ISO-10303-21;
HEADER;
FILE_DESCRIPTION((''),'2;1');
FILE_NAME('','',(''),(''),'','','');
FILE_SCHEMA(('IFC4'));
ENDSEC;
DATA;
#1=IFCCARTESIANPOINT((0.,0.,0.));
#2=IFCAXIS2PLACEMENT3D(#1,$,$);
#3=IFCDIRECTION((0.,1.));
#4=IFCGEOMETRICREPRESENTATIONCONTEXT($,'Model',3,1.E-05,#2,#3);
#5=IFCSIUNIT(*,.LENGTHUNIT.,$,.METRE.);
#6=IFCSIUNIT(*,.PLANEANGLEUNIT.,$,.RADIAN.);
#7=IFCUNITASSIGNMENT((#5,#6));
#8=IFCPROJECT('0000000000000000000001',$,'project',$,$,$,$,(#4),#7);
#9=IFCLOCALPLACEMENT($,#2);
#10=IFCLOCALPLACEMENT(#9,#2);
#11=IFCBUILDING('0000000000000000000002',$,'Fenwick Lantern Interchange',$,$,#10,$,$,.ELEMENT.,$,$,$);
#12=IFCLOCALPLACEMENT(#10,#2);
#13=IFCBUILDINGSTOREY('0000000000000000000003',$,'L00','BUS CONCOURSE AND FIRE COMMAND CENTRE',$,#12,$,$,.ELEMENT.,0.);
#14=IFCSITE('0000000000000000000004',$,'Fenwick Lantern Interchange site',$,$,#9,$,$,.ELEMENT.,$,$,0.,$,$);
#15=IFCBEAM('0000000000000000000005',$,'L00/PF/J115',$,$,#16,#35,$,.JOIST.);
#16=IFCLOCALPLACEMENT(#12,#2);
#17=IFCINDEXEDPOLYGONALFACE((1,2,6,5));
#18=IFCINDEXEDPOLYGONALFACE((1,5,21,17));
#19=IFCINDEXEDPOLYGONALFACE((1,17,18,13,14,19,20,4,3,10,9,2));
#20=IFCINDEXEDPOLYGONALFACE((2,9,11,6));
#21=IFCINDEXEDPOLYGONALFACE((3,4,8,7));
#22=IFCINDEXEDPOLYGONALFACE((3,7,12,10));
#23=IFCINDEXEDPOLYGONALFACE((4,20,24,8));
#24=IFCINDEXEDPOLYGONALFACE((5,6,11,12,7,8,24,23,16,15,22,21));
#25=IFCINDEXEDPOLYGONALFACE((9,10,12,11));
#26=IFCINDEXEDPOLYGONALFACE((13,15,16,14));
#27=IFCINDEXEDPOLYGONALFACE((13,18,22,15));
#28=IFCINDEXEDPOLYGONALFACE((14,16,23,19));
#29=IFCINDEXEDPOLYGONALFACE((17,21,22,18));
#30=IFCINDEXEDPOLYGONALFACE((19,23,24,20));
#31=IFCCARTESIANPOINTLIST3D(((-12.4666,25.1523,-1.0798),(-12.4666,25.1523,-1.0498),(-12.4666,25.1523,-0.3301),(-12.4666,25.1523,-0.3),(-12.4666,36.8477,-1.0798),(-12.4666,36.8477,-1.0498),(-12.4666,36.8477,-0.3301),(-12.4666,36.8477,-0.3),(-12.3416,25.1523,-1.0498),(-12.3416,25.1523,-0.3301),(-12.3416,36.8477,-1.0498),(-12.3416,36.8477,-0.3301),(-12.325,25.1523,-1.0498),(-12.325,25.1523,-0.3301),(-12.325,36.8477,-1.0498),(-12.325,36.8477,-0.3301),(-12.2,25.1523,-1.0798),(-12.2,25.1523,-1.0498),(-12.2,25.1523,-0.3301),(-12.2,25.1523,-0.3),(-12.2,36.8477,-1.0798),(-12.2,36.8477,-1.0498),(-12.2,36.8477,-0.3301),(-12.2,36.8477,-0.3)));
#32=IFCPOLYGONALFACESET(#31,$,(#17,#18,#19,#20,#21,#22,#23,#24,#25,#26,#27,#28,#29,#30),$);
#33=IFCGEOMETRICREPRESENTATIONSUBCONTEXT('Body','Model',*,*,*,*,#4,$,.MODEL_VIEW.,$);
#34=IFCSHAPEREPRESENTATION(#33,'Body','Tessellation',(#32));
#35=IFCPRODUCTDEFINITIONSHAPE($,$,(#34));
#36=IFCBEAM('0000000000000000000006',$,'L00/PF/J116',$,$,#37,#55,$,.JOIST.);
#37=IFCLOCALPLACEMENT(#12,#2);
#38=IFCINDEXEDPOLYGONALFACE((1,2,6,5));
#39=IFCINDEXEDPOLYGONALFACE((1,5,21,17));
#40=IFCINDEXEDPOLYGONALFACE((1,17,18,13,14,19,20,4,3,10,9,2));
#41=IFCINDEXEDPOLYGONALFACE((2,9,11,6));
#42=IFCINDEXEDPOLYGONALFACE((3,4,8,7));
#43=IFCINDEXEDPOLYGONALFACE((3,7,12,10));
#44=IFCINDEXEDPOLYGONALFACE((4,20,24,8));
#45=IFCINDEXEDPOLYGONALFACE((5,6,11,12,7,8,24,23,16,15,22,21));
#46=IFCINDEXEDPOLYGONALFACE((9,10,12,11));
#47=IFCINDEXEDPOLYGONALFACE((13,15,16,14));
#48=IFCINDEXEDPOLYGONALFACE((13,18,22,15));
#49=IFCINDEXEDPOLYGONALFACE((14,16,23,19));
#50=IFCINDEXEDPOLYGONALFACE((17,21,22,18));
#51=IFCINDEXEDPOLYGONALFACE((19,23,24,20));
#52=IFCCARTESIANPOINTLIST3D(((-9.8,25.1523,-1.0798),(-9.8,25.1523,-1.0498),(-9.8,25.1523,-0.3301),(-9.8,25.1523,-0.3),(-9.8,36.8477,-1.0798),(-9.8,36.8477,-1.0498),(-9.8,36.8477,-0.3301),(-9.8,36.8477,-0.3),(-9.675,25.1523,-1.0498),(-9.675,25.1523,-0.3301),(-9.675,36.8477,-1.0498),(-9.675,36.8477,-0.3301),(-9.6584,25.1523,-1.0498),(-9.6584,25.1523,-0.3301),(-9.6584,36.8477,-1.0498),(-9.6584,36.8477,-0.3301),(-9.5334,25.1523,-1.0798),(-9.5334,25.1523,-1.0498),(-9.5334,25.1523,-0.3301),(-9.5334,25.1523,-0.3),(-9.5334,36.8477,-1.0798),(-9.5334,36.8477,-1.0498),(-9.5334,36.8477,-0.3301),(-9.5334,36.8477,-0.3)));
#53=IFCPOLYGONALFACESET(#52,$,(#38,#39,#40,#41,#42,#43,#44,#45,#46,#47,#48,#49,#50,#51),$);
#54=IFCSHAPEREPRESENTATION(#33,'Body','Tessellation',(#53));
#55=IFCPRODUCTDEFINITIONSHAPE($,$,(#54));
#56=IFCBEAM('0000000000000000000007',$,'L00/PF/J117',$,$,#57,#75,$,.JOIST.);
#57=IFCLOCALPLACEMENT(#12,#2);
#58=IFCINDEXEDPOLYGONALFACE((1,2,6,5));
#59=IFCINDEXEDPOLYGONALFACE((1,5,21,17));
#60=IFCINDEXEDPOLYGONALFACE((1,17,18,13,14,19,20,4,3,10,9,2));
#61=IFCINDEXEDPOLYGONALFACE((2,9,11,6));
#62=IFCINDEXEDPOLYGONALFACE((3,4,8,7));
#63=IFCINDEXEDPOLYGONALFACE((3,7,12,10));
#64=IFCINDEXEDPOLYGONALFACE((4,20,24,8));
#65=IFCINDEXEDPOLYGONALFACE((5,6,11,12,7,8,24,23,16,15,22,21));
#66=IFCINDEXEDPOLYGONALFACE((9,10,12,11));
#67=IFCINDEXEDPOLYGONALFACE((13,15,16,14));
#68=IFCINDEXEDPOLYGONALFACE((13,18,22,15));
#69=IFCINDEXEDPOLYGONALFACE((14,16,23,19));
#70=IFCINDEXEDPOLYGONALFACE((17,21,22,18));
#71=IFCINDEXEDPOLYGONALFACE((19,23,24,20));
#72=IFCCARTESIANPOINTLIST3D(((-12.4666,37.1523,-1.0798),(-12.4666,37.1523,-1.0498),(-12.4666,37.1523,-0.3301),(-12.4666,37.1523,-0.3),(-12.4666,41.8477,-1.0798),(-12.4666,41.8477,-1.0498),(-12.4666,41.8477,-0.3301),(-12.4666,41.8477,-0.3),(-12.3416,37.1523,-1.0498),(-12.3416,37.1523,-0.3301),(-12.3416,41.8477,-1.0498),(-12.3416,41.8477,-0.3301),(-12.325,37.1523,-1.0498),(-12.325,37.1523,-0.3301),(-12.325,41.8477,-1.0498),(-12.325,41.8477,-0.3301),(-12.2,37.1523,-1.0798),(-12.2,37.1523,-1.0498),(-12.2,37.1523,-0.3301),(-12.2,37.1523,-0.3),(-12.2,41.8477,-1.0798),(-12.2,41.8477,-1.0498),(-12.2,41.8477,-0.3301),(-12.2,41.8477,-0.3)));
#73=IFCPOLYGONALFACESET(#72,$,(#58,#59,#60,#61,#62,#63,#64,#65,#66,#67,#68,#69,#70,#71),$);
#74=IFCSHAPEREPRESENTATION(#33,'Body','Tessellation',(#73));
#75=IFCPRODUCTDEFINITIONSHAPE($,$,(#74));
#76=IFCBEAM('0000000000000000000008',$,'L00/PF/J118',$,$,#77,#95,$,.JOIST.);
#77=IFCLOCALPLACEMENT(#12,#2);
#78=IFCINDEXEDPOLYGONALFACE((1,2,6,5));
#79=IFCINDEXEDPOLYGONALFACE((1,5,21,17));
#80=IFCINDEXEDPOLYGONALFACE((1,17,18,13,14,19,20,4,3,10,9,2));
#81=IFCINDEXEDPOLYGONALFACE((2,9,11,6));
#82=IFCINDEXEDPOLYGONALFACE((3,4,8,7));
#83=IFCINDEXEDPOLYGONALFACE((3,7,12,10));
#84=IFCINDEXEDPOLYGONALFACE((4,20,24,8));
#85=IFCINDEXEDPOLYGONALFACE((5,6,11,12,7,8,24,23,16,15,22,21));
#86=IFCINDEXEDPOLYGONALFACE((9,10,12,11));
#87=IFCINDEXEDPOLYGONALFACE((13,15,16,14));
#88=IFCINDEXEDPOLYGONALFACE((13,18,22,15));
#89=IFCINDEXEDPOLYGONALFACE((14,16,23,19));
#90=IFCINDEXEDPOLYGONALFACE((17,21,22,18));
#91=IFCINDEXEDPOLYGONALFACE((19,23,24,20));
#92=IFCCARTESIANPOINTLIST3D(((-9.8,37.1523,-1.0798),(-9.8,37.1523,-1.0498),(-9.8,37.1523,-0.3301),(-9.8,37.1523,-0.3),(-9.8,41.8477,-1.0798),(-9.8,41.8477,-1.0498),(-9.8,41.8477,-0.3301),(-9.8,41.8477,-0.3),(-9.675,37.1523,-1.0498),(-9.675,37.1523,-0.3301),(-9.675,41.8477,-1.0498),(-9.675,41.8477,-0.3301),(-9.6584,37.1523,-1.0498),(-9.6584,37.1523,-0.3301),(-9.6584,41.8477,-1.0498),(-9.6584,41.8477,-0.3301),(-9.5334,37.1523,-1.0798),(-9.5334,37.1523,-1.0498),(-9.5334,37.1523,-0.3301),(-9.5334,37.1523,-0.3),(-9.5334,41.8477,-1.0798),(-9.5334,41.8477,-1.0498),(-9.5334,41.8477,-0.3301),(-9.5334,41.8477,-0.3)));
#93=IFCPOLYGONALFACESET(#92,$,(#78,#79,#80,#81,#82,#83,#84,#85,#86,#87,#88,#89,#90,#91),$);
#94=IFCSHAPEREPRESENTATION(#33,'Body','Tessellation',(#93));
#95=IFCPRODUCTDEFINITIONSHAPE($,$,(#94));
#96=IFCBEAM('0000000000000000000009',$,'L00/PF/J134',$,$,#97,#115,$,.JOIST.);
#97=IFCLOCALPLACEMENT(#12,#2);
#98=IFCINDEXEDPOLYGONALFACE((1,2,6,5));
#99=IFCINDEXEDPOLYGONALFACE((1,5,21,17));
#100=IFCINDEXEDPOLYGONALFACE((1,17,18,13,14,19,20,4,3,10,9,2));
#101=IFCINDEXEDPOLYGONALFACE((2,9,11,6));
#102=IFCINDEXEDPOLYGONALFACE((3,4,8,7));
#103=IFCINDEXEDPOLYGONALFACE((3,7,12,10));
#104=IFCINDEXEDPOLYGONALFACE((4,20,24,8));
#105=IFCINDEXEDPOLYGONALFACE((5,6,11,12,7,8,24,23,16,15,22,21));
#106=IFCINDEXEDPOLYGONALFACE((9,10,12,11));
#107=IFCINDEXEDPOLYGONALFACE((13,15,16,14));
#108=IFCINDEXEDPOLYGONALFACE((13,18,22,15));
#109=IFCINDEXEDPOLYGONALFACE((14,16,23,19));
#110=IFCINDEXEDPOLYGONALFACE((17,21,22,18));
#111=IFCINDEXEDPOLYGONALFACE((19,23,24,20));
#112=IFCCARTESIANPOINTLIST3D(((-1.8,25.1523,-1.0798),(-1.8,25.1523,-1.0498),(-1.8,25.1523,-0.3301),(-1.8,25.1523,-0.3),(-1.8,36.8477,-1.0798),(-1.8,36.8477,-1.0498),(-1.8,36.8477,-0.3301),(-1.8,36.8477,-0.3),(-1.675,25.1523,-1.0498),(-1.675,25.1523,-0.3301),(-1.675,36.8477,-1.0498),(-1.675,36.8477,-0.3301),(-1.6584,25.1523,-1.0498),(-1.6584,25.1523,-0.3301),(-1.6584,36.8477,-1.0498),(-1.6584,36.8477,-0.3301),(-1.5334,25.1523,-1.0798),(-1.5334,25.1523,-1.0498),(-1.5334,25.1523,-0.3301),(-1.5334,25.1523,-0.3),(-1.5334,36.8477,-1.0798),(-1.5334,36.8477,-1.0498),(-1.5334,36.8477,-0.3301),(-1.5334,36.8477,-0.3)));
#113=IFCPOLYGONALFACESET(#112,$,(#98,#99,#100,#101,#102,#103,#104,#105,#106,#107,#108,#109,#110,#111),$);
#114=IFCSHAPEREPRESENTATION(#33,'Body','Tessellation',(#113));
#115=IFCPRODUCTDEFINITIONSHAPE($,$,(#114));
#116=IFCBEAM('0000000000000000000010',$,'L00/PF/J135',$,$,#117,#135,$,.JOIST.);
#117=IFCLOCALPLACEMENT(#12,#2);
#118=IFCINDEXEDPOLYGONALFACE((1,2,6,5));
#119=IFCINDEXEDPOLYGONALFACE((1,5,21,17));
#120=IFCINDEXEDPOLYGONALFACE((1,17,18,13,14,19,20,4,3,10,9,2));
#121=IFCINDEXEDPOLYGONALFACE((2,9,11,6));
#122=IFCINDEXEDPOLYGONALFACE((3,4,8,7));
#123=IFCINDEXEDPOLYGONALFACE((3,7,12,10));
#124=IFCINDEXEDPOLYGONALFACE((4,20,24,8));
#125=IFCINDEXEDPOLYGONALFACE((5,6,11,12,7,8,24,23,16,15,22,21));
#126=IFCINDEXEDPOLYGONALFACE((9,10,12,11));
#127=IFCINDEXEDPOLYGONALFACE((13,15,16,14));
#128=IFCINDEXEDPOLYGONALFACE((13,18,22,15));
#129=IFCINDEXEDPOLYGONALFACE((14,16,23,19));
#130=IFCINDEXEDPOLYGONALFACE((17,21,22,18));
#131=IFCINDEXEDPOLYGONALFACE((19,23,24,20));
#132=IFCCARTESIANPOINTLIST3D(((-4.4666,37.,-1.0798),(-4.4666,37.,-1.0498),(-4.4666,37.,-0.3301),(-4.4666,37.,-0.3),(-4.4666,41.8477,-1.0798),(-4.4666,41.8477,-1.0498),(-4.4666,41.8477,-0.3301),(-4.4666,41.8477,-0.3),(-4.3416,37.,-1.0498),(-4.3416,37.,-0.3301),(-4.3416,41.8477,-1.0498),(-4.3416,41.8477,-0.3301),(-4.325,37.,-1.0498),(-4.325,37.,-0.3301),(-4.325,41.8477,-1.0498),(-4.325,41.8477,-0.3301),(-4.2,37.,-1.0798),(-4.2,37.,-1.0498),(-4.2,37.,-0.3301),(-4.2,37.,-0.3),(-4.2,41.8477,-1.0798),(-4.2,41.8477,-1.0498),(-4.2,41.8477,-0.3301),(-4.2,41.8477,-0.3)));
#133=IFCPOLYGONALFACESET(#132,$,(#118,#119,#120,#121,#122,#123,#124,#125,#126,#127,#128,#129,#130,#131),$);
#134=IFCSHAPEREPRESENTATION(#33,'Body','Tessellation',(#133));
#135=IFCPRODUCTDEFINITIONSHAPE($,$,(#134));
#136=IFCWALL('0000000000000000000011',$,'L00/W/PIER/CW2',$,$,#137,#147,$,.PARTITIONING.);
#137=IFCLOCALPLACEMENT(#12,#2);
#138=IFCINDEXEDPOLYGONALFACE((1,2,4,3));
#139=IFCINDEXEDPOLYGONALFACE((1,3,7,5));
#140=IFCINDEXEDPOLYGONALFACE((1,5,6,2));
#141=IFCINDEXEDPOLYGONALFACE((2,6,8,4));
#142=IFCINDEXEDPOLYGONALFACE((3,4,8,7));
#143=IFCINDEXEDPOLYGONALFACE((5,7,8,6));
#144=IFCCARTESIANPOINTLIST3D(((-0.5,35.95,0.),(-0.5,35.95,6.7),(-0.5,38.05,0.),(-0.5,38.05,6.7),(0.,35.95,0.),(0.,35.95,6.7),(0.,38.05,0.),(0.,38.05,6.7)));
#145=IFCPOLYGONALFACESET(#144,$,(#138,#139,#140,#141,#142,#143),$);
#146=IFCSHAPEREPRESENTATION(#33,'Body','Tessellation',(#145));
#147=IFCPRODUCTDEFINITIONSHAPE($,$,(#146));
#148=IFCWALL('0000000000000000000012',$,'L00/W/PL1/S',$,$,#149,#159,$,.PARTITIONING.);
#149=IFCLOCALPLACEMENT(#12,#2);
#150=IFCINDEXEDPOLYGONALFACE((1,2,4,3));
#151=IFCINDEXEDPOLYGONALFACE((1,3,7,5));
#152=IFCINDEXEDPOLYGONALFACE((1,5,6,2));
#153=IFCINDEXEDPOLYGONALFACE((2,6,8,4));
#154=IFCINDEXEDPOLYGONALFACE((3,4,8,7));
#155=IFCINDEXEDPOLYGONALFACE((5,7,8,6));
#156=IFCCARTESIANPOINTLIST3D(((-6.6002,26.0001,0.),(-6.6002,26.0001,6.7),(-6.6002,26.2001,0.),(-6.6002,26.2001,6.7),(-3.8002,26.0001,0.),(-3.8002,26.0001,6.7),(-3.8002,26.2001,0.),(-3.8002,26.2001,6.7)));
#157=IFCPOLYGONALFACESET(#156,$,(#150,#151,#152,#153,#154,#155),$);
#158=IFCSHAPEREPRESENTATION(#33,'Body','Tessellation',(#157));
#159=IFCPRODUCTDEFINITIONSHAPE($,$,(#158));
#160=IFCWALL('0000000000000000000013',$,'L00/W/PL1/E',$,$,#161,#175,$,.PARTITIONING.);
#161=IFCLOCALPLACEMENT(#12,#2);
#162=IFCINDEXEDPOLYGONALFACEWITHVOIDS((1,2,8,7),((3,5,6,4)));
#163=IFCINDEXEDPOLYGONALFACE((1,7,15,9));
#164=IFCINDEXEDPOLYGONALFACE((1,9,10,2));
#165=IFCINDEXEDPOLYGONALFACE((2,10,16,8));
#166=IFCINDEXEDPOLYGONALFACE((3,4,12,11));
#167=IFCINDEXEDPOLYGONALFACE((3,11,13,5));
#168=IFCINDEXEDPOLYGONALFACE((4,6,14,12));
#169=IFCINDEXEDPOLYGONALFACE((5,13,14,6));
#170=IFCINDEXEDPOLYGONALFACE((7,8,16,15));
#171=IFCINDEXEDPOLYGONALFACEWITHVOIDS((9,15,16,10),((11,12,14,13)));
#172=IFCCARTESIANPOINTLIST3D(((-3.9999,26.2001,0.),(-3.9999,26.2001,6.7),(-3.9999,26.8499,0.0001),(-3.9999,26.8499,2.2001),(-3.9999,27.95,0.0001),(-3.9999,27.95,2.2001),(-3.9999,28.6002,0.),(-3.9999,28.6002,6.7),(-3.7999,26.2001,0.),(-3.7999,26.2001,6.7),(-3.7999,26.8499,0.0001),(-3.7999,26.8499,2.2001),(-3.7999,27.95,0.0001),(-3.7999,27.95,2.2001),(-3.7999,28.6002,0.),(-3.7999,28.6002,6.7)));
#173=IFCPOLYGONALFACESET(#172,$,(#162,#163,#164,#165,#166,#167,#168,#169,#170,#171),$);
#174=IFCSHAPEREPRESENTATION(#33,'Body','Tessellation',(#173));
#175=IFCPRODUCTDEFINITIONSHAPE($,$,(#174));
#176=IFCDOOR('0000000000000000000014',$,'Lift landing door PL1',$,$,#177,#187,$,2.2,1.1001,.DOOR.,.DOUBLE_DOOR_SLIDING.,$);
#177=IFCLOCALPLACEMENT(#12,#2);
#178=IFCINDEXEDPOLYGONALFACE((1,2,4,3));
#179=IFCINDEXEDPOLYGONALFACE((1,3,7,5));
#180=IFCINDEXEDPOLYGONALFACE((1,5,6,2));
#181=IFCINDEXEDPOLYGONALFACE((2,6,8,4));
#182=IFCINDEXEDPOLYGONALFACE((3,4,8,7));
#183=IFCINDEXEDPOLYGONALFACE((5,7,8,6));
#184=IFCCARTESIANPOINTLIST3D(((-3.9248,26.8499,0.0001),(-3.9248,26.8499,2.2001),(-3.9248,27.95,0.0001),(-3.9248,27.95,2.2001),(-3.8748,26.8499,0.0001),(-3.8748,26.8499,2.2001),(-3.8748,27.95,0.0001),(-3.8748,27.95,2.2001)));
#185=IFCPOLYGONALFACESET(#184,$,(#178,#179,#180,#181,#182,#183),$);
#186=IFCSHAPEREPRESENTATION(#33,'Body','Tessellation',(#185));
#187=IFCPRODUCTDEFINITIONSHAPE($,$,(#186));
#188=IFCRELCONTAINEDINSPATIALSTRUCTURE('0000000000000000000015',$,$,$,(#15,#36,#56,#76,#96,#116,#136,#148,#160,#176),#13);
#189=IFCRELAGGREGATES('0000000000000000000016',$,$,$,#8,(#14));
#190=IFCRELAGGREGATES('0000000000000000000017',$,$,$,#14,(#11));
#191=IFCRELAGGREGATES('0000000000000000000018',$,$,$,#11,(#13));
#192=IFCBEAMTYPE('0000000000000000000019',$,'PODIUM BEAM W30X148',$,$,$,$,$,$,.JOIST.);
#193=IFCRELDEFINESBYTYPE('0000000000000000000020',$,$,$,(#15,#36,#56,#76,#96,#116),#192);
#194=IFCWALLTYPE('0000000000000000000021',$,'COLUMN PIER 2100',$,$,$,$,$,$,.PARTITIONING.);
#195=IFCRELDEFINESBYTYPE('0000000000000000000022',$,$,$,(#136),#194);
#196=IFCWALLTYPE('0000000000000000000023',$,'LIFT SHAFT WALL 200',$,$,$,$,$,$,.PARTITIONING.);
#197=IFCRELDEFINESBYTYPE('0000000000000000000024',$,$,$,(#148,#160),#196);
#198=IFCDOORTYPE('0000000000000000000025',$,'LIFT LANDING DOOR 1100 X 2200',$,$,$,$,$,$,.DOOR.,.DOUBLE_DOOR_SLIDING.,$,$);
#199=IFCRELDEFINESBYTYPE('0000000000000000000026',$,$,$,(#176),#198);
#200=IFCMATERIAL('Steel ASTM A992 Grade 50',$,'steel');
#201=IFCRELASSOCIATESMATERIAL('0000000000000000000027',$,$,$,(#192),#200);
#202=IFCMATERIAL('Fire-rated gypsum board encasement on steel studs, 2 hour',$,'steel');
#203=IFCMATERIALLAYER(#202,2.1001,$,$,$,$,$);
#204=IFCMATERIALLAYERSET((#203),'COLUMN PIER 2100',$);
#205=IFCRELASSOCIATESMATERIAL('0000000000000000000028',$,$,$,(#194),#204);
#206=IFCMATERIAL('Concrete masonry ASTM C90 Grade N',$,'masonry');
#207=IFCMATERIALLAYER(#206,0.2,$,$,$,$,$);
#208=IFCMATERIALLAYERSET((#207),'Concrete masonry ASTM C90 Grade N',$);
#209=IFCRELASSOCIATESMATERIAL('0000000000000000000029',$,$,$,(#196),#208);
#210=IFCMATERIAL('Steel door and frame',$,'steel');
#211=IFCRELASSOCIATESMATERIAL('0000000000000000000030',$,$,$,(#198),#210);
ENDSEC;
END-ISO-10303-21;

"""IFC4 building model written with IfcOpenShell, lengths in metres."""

from ifc_helpers import new_model, si_unit, direction, frame, frame_2d, origin, origin_2d, place, context, subcontext, project, spatial, rectangle, i_section, extrude, material, layer, layer_set, material_profile, profile_set, type_object, element, fill, save


model = new_model("IFC4")

# Units and contexts
model_context = context("Model", 3, precision=1e-05, world=origin(), true_north=direction((0.0, 1.0)))
body_context = subcontext(model_context, "Body", "Model", "MODEL_VIEW")
ifc_project = project(units=[si_unit("LENGTHUNIT", "METRE"), si_unit("PLANEANGLEUNIT", "RADIAN")], contexts=[model_context])

# Site, building, storey
site_placement = place(None, origin())
site = spatial("IfcSite", under=ifc_project, at=site_placement, Name="Fenwick Lantern Interchange site", CompositionType="ELEMENT", RefElevation=0.0)
building_placement = place(site_placement, origin())
building = spatial("IfcBuilding", under=site, at=building_placement, Name="Fenwick Lantern Interchange", CompositionType="ELEMENT")
storey_placement = place(building_placement, origin())
storey = spatial("IfcBuildingStorey", under=building, at=storey_placement, Name="L00", Description="BUS CONCOURSE AND FIRE COMMAND CENTRE", CompositionType="ELEMENT", Elevation=0.0)

# Shared definitions
ifc_material_1 = material(Name="Steel ASTM A992 Grade 50", Category="steel")

# Beams
ifc_material_profile_1 = material_profile(ifc_material_1, i_section(OverallWidth=0.2666, OverallDepth=0.7798, WebThickness=0.0166, FlangeThickness=0.03, at=origin_2d()), Name="W30X148")
ifc_profile_set_1 = profile_set([ifc_material_profile_1], Name="Steel ASTM A992 Grade 50")
beam_type_1 = type_object("IfcBeamType", Name="PODIUM BEAM W30X148", PredefinedType="JOIST", material=ifc_profile_set_1)
for number, where, z_axis, x_axis, name in (
    (1, (-12.3333, 25.1523, -0.6899), (0.0, 1.0, 0.0), (-1.0, 0.0, 0.0), "L00/PF/J115"),
    (2, (-9.6667, 25.1523, -0.6899), (0.0, 1.0, 0.0), (-1.0, 0.0, 0.0), "L00/PF/J116"),
):
    element("IfcBeam", number, at=place(storey_placement, frame(where, z_axis=z_axis, x_axis=x_axis)), inside=storey, type_object=beam_type_1, Name=name, PredefinedType="JOIST", context=body_context, shape_type="SweptSolid", body=[
        extrude(i_section(OverallWidth=0.2666, OverallDepth=0.7798, WebThickness=0.0166, FlangeThickness=0.03, at=origin_2d()), origin(), (0.0, 0.0, 1.0), 11.6953),
    ])
for number, where, z_axis, x_axis, name in (
    (3, (-12.3333, 37.1523, -0.6899), (0.0, 1.0, 0.0), (-1.0, 0.0, 0.0), "L00/PF/J117"),
    (4, (-9.6667, 37.1523, -0.6899), (0.0, 1.0, 0.0), (-1.0, 0.0, 0.0), "L00/PF/J118"),
):
    element("IfcBeam", number, at=place(storey_placement, frame(where, z_axis=z_axis, x_axis=x_axis)), inside=storey, type_object=beam_type_1, Name=name, PredefinedType="JOIST", context=body_context, shape_type="SweptSolid", body=[
        extrude(i_section(OverallWidth=0.2666, OverallDepth=0.7798, WebThickness=0.0166, FlangeThickness=0.03, at=origin_2d()), origin(), (0.0, 0.0, 1.0), 4.6953),
    ])
beam_1_placement = place(storey_placement, frame((-1.6667, 25.1523, -0.6899), z_axis=(0.0, 1.0, 0.0), x_axis=(-1.0, 0.0, 0.0)))
element("IfcBeam", 5, at=beam_1_placement, inside=storey, type_object=beam_type_1, Name="L00/PF/J134", PredefinedType="JOIST", context=body_context, shape_type="SweptSolid", body=[
    extrude(i_section(OverallWidth=0.2666, OverallDepth=0.7798, WebThickness=0.0166, FlangeThickness=0.03, at=origin_2d()), origin(), (0.0, 0.0, 1.0), 11.6953),
])
beam_2_placement = place(storey_placement, frame((-4.3333, 37.0, -0.6899), z_axis=(0.0, 1.0, 0.0), x_axis=(-1.0, 0.0, 0.0)))
element("IfcBeam", 6, at=beam_2_placement, inside=storey, type_object=beam_type_1, Name="L00/PF/J135", PredefinedType="JOIST", context=body_context, shape_type="SweptSolid", body=[
    extrude(i_section(OverallWidth=0.2666, OverallDepth=0.7798, WebThickness=0.0166, FlangeThickness=0.03, at=origin_2d()), origin(), (0.0, 0.0, 1.0), 4.8477),
])

# Walls
ifc_material_2 = material(Name="Fire-rated gypsum board encasement on steel studs, 2 hour", Category="steel")
ifc_layer_1 = layer(ifc_material_2, 2.1001)
ifc_layer_set_1 = layer_set([ifc_layer_1], Name="COLUMN PIER 2100")
wall_type_1 = type_object("IfcWallType", Name="COLUMN PIER 2100", PredefinedType="PARTITIONING", material=ifc_layer_set_1)
wall_1_placement = place(storey_placement, frame((-0.5, 37.0, 0.0), z_axis=(0.0, 0.0, 1.0), x_axis=(1.0, 0.0, 0.0)))
element("IfcWall", 7, at=wall_1_placement, inside=storey, type_object=wall_type_1, Name="L00/W/PIER/CW2", PredefinedType="PARTITIONING", context=body_context, shape_type="SweptSolid", body=[
    extrude(rectangle(XDim=0.5, YDim=2.1001, at=frame_2d((0.25, 0.0))), origin(), (0.0, 0.0, 1.0), 6.7),
])
ifc_material_3 = material(Name="Concrete masonry ASTM C90 Grade N", Category="masonry")
ifc_layer_2 = layer(ifc_material_3, 0.2)
ifc_layer_set_2 = layer_set([ifc_layer_2], Name="Concrete masonry ASTM C90 Grade N")
wall_type_2 = type_object("IfcWallType", Name="LIFT SHAFT WALL 200", PredefinedType="PARTITIONING", material=ifc_layer_set_2)
wall_2_placement = place(storey_placement, frame((-6.6001, 26.1001, 0.0), z_axis=(0.0, 0.0, 1.0), x_axis=(1.0, 0.0, 0.0)))
element("IfcWall", 8, at=wall_2_placement, inside=storey, type_object=wall_type_2, Name="L00/W/PL1/S", PredefinedType="PARTITIONING", context=body_context, shape_type="SweptSolid", body=[
    extrude(rectangle(XDim=2.8, YDim=0.2, at=frame_2d((1.3999, 0.0))), origin(), (0.0, 0.0, 1.0), 6.7),
])

# Wall, opening, door
wall_3_placement = place(storey_placement, frame((-3.8999, 26.2, 0.0), z_axis=(0.0, 0.0, 1.0), x_axis=(0.0, 1.0, 0.0)))
wall_3 = element("IfcWall", 9, at=wall_3_placement, inside=storey, type_object=wall_type_2, Name="L00/W/PL1/E", PredefinedType="PARTITIONING", context=body_context, shape_type="SweptSolid", body=[
    extrude(rectangle(XDim=2.4001, YDim=0.2, at=frame_2d((1.2002, 0.0))), origin(), (0.0, 0.0, 1.0), 6.7),
])
opening_1_placement = place(wall_3_placement, frame((0.6499, 0.0, 0.0)))
opening_1 = element("IfcOpeningElement", 10, at=opening_1_placement, cuts=wall_3, PredefinedType="OPENING", context=body_context, shape_type="SweptSolid", body=[
    extrude(rectangle(XDim=1.1001, YDim=2.2, at=frame_2d((0.55, 1.1001))), frame((0.0, 0.1099, 0.0), z_axis=(0.0, -1.0, 0.0), x_axis=(1.0, 0.0, 0.0)), (0.0, 0.0, 1.0), 0.22),
])
ifc_material_4 = material(Name="Steel door and frame", Category="steel")
door_type_1 = type_object("IfcDoorType", Name="LIFT LANDING DOOR 1100 X 2200", OperationType="DOUBLE_DOOR_SLIDING", PredefinedType="DOOR", material=ifc_material_4)
door_1_placement = place(opening_1_placement, origin())
door_1 = element("IfcDoor", 11, at=door_1_placement, inside=storey, type_object=door_type_1, Name="Lift landing door PL1", OperationType="DOUBLE_DOOR_SLIDING", OverallHeight=2.2, OverallWidth=1.1001, PredefinedType="DOOR", context=body_context, shape_type="SweptSolid", body=[
    extrude(rectangle(XDim=1.1001, YDim=2.2, at=frame_2d((0.55, 1.1001))), frame((0.0, 0.0249, 0.0), z_axis=(0.0, -1.0, 0.0), x_axis=(1.0, 0.0, 0.0)), (0.0, 0.0, 1.0), 0.05),
])
fill(opening_1, door_1)

save(model, "model.ifc")
